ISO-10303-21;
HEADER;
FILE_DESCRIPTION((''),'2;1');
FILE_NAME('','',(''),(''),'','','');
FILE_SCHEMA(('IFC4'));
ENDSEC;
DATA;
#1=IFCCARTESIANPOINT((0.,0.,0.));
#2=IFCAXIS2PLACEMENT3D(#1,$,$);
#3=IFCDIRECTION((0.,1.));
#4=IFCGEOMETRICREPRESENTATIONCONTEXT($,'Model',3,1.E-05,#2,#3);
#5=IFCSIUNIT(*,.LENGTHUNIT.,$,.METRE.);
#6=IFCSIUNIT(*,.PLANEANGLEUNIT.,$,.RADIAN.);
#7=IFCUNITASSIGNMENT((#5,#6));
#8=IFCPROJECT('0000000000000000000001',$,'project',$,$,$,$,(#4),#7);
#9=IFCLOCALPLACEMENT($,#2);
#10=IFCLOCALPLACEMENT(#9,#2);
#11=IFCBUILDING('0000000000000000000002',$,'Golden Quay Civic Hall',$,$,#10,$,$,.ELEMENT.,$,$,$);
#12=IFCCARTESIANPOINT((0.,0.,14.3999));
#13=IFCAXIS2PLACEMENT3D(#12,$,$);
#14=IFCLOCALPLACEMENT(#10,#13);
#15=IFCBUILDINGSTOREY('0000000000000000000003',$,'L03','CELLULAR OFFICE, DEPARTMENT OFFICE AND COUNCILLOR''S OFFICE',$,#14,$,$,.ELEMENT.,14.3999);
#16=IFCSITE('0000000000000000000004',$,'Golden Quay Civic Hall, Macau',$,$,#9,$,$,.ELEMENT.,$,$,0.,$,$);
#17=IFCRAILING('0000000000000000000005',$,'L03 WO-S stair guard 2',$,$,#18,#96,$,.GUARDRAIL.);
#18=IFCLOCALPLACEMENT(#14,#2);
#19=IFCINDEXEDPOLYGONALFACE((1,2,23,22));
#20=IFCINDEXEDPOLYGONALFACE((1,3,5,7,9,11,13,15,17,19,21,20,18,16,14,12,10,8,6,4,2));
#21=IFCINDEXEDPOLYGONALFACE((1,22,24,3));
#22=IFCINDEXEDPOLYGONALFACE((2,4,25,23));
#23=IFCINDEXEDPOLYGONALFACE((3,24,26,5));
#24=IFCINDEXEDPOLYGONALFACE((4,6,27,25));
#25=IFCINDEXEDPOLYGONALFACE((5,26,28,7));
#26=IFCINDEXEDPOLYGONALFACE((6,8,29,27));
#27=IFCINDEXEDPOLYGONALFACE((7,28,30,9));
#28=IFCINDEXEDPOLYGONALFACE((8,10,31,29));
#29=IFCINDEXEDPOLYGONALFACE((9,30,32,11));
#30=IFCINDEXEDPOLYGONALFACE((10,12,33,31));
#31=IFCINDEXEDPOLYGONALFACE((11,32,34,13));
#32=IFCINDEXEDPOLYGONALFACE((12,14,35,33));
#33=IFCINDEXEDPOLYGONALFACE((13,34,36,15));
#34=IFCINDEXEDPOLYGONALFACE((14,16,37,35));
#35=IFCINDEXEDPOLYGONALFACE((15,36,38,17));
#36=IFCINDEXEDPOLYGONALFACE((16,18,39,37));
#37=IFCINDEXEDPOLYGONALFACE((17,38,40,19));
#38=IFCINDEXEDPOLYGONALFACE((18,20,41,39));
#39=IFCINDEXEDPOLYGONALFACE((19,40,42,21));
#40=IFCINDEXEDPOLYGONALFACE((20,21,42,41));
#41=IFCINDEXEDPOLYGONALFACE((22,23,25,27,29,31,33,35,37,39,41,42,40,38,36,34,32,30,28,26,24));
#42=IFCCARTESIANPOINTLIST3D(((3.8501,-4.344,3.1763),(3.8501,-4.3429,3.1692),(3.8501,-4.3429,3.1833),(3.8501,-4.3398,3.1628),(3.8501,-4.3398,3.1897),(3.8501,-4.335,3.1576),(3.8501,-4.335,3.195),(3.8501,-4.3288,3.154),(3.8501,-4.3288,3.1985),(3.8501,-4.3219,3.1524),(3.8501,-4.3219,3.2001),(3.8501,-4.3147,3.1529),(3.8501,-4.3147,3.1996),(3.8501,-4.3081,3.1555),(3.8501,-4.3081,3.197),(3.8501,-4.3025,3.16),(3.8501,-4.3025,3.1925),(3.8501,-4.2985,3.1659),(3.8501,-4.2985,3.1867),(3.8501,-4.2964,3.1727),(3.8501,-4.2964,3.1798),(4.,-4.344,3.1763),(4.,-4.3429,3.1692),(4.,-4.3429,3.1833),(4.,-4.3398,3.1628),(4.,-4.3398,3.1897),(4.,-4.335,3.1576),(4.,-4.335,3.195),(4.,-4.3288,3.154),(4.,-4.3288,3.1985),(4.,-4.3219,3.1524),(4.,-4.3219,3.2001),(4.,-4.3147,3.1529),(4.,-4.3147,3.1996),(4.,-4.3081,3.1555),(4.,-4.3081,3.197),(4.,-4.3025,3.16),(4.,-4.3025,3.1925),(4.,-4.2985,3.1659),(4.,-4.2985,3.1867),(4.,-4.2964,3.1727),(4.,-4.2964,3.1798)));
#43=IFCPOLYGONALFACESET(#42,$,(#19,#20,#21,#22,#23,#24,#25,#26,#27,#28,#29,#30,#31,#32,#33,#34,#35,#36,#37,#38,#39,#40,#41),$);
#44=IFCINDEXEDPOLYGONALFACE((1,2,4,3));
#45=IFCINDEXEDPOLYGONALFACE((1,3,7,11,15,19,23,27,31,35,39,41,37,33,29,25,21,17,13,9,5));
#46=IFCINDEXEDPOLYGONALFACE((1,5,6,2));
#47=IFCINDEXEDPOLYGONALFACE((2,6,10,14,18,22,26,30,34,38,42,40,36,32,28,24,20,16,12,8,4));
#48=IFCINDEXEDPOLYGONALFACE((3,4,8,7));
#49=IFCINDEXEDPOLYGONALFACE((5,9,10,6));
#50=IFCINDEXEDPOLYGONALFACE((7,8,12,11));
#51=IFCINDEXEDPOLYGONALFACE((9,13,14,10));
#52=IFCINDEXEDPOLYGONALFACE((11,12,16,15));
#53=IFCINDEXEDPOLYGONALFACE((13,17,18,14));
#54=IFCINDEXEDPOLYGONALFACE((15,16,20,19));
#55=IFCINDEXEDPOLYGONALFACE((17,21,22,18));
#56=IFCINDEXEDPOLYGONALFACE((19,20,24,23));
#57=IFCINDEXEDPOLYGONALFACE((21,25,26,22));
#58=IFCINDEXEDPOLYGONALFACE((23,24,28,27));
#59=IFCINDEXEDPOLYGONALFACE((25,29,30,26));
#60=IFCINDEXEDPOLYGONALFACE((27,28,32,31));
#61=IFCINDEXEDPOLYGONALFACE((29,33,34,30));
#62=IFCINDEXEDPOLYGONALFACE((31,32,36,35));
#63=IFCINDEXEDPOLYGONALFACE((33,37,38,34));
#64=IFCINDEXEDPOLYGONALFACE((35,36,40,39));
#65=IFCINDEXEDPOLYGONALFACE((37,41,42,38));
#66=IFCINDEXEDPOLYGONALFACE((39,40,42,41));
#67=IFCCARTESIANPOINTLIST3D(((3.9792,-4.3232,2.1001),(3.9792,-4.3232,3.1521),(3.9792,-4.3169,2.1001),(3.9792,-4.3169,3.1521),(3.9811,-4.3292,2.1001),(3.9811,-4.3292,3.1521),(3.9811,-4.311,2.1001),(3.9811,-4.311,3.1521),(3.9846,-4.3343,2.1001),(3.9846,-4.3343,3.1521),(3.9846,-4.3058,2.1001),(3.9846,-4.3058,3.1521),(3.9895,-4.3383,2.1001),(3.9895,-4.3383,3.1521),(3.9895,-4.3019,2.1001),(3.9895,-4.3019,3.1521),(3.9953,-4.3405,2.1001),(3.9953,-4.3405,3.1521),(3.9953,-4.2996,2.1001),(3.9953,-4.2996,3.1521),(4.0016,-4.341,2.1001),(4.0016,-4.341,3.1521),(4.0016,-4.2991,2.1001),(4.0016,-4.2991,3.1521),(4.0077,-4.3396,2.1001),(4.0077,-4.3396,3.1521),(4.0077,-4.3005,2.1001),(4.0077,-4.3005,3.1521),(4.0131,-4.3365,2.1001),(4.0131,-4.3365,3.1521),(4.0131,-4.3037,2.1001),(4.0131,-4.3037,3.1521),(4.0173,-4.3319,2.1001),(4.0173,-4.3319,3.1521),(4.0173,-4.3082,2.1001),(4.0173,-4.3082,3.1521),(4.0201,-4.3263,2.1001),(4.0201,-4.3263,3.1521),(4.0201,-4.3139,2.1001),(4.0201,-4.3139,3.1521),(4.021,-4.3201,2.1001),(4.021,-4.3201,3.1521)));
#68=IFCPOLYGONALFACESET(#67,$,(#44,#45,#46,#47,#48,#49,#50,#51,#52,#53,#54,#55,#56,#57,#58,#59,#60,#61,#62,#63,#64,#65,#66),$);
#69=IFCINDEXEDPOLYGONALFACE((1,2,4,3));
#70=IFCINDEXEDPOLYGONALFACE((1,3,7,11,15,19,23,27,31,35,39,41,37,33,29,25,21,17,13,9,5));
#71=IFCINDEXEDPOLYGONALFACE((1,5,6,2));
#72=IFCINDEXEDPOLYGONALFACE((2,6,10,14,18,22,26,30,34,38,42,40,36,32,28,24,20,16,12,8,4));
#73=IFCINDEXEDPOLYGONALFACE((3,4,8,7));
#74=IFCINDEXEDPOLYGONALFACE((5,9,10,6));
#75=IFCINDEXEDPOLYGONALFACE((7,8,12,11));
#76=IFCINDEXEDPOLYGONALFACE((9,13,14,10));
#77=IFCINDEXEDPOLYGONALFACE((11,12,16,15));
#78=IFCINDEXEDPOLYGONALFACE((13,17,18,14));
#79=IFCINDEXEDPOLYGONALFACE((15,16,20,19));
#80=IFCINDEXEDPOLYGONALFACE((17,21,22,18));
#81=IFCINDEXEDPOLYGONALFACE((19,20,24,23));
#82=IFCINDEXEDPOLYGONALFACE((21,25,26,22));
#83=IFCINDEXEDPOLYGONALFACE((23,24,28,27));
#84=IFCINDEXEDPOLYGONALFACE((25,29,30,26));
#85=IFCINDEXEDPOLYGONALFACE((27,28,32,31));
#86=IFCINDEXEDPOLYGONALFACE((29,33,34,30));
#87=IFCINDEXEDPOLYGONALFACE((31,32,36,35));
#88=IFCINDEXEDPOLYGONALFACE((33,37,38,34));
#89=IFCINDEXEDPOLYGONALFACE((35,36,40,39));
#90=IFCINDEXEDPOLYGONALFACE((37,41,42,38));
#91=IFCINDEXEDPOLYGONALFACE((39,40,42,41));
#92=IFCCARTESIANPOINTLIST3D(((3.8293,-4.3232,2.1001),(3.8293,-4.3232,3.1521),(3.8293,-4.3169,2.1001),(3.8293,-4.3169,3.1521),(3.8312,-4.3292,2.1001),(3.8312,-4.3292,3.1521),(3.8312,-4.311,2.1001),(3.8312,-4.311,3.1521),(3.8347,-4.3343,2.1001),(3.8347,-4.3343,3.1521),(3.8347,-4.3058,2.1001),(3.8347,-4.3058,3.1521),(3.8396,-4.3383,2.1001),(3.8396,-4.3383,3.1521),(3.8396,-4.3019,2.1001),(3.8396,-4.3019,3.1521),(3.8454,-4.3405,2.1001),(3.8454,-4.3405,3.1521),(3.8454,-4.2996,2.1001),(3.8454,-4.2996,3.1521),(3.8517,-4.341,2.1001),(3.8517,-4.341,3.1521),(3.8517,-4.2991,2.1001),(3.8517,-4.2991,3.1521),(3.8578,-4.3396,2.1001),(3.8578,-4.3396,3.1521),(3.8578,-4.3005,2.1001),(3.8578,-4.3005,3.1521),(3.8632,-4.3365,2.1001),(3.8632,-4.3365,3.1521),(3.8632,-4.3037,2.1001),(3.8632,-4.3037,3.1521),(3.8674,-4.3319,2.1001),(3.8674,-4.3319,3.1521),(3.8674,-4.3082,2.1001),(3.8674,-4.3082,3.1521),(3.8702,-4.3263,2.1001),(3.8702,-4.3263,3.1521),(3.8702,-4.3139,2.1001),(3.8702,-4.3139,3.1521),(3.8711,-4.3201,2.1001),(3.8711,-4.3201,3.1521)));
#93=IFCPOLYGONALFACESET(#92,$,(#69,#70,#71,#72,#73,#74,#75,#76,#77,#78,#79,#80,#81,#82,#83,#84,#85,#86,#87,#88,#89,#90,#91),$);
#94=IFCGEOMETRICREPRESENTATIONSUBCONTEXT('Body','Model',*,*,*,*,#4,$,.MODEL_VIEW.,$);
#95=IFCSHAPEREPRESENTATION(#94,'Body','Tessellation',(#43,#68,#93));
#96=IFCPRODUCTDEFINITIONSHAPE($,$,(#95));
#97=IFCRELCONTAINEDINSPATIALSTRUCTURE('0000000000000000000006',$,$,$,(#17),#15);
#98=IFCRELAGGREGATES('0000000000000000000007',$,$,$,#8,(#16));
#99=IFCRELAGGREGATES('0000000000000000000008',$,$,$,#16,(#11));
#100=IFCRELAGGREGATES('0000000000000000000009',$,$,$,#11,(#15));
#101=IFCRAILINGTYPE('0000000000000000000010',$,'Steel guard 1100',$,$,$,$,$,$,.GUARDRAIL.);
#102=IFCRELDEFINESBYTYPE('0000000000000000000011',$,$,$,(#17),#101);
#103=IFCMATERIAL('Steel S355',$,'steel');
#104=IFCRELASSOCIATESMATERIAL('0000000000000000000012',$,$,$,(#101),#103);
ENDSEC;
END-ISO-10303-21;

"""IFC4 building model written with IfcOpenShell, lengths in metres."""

from ifc_helpers import new_model, si_unit, direction, frame, origin, origin_2d, place, context, subcontext, project, spatial, circle, extrude, material, type_object, element, save


model = new_model("IFC4")

# Units and contexts
model_context = context("Model", 3, precision=1e-05, world=origin(), true_north=direction((0.0, 1.0)))
body_context = subcontext(model_context, "Body", "Model", "MODEL_VIEW")
ifc_project = project(units=[si_unit("LENGTHUNIT", "METRE"), si_unit("PLANEANGLEUNIT", "RADIAN")], contexts=[model_context])

# Site, building, storey
site_placement = place(None, origin())
site = spatial("IfcSite", under=ifc_project, at=site_placement, Name="Golden Quay Civic Hall, Macau", CompositionType="ELEMENT", RefElevation=0.0)
building_placement = place(site_placement, origin())
building = spatial("IfcBuilding", under=site, at=building_placement, Name="Golden Quay Civic Hall", CompositionType="ELEMENT")
storey_placement = place(building_placement, frame((0.0, 0.0, 14.3999)))
storey = spatial("IfcBuildingStorey", under=building, at=storey_placement, Name="L03", Description="CELLULAR OFFICE, DEPARTMENT OFFICE AND COUNCILLOR'S OFFICE", CompositionType="ELEMENT", Elevation=14.3999)

# Railing
ifc_material_1 = material(Name="Steel S355", Category="steel")
railing_type_1 = type_object("IfcRailingType", Name="Steel guard 1100", PredefinedType="GUARDRAIL", material=ifc_material_1)
railing_1_placement = place(storey_placement, frame((4.0, -4.3201, 2.1001)))
element("IfcRailing", 1, at=railing_1_placement, inside=storey, type_object=railing_type_1, Name="L03 WO-S stair guard 2", PredefinedType="GUARDRAIL", context=body_context, shape_type="SweptSolid", body=[
    extrude(circle(Radius=0.0239, at=origin_2d()), frame((0.0, 0.0, 1.0762), z_axis=(-1.0, 0.0, 0.0), x_axis=(0.0, -1.0, 0.0)), (0.0, 0.0, 1.0), 0.1499),
    extrude(circle(Radius=0.021, at=origin_2d()), origin(), (0.0, 0.0, 1.0), 1.052),
    extrude(circle(Radius=0.021, at=origin_2d()), frame((-0.1499, 0.0, 0.0)), (0.0, 0.0, 1.0), 1.052),
])

save(model, "model.ifc")
